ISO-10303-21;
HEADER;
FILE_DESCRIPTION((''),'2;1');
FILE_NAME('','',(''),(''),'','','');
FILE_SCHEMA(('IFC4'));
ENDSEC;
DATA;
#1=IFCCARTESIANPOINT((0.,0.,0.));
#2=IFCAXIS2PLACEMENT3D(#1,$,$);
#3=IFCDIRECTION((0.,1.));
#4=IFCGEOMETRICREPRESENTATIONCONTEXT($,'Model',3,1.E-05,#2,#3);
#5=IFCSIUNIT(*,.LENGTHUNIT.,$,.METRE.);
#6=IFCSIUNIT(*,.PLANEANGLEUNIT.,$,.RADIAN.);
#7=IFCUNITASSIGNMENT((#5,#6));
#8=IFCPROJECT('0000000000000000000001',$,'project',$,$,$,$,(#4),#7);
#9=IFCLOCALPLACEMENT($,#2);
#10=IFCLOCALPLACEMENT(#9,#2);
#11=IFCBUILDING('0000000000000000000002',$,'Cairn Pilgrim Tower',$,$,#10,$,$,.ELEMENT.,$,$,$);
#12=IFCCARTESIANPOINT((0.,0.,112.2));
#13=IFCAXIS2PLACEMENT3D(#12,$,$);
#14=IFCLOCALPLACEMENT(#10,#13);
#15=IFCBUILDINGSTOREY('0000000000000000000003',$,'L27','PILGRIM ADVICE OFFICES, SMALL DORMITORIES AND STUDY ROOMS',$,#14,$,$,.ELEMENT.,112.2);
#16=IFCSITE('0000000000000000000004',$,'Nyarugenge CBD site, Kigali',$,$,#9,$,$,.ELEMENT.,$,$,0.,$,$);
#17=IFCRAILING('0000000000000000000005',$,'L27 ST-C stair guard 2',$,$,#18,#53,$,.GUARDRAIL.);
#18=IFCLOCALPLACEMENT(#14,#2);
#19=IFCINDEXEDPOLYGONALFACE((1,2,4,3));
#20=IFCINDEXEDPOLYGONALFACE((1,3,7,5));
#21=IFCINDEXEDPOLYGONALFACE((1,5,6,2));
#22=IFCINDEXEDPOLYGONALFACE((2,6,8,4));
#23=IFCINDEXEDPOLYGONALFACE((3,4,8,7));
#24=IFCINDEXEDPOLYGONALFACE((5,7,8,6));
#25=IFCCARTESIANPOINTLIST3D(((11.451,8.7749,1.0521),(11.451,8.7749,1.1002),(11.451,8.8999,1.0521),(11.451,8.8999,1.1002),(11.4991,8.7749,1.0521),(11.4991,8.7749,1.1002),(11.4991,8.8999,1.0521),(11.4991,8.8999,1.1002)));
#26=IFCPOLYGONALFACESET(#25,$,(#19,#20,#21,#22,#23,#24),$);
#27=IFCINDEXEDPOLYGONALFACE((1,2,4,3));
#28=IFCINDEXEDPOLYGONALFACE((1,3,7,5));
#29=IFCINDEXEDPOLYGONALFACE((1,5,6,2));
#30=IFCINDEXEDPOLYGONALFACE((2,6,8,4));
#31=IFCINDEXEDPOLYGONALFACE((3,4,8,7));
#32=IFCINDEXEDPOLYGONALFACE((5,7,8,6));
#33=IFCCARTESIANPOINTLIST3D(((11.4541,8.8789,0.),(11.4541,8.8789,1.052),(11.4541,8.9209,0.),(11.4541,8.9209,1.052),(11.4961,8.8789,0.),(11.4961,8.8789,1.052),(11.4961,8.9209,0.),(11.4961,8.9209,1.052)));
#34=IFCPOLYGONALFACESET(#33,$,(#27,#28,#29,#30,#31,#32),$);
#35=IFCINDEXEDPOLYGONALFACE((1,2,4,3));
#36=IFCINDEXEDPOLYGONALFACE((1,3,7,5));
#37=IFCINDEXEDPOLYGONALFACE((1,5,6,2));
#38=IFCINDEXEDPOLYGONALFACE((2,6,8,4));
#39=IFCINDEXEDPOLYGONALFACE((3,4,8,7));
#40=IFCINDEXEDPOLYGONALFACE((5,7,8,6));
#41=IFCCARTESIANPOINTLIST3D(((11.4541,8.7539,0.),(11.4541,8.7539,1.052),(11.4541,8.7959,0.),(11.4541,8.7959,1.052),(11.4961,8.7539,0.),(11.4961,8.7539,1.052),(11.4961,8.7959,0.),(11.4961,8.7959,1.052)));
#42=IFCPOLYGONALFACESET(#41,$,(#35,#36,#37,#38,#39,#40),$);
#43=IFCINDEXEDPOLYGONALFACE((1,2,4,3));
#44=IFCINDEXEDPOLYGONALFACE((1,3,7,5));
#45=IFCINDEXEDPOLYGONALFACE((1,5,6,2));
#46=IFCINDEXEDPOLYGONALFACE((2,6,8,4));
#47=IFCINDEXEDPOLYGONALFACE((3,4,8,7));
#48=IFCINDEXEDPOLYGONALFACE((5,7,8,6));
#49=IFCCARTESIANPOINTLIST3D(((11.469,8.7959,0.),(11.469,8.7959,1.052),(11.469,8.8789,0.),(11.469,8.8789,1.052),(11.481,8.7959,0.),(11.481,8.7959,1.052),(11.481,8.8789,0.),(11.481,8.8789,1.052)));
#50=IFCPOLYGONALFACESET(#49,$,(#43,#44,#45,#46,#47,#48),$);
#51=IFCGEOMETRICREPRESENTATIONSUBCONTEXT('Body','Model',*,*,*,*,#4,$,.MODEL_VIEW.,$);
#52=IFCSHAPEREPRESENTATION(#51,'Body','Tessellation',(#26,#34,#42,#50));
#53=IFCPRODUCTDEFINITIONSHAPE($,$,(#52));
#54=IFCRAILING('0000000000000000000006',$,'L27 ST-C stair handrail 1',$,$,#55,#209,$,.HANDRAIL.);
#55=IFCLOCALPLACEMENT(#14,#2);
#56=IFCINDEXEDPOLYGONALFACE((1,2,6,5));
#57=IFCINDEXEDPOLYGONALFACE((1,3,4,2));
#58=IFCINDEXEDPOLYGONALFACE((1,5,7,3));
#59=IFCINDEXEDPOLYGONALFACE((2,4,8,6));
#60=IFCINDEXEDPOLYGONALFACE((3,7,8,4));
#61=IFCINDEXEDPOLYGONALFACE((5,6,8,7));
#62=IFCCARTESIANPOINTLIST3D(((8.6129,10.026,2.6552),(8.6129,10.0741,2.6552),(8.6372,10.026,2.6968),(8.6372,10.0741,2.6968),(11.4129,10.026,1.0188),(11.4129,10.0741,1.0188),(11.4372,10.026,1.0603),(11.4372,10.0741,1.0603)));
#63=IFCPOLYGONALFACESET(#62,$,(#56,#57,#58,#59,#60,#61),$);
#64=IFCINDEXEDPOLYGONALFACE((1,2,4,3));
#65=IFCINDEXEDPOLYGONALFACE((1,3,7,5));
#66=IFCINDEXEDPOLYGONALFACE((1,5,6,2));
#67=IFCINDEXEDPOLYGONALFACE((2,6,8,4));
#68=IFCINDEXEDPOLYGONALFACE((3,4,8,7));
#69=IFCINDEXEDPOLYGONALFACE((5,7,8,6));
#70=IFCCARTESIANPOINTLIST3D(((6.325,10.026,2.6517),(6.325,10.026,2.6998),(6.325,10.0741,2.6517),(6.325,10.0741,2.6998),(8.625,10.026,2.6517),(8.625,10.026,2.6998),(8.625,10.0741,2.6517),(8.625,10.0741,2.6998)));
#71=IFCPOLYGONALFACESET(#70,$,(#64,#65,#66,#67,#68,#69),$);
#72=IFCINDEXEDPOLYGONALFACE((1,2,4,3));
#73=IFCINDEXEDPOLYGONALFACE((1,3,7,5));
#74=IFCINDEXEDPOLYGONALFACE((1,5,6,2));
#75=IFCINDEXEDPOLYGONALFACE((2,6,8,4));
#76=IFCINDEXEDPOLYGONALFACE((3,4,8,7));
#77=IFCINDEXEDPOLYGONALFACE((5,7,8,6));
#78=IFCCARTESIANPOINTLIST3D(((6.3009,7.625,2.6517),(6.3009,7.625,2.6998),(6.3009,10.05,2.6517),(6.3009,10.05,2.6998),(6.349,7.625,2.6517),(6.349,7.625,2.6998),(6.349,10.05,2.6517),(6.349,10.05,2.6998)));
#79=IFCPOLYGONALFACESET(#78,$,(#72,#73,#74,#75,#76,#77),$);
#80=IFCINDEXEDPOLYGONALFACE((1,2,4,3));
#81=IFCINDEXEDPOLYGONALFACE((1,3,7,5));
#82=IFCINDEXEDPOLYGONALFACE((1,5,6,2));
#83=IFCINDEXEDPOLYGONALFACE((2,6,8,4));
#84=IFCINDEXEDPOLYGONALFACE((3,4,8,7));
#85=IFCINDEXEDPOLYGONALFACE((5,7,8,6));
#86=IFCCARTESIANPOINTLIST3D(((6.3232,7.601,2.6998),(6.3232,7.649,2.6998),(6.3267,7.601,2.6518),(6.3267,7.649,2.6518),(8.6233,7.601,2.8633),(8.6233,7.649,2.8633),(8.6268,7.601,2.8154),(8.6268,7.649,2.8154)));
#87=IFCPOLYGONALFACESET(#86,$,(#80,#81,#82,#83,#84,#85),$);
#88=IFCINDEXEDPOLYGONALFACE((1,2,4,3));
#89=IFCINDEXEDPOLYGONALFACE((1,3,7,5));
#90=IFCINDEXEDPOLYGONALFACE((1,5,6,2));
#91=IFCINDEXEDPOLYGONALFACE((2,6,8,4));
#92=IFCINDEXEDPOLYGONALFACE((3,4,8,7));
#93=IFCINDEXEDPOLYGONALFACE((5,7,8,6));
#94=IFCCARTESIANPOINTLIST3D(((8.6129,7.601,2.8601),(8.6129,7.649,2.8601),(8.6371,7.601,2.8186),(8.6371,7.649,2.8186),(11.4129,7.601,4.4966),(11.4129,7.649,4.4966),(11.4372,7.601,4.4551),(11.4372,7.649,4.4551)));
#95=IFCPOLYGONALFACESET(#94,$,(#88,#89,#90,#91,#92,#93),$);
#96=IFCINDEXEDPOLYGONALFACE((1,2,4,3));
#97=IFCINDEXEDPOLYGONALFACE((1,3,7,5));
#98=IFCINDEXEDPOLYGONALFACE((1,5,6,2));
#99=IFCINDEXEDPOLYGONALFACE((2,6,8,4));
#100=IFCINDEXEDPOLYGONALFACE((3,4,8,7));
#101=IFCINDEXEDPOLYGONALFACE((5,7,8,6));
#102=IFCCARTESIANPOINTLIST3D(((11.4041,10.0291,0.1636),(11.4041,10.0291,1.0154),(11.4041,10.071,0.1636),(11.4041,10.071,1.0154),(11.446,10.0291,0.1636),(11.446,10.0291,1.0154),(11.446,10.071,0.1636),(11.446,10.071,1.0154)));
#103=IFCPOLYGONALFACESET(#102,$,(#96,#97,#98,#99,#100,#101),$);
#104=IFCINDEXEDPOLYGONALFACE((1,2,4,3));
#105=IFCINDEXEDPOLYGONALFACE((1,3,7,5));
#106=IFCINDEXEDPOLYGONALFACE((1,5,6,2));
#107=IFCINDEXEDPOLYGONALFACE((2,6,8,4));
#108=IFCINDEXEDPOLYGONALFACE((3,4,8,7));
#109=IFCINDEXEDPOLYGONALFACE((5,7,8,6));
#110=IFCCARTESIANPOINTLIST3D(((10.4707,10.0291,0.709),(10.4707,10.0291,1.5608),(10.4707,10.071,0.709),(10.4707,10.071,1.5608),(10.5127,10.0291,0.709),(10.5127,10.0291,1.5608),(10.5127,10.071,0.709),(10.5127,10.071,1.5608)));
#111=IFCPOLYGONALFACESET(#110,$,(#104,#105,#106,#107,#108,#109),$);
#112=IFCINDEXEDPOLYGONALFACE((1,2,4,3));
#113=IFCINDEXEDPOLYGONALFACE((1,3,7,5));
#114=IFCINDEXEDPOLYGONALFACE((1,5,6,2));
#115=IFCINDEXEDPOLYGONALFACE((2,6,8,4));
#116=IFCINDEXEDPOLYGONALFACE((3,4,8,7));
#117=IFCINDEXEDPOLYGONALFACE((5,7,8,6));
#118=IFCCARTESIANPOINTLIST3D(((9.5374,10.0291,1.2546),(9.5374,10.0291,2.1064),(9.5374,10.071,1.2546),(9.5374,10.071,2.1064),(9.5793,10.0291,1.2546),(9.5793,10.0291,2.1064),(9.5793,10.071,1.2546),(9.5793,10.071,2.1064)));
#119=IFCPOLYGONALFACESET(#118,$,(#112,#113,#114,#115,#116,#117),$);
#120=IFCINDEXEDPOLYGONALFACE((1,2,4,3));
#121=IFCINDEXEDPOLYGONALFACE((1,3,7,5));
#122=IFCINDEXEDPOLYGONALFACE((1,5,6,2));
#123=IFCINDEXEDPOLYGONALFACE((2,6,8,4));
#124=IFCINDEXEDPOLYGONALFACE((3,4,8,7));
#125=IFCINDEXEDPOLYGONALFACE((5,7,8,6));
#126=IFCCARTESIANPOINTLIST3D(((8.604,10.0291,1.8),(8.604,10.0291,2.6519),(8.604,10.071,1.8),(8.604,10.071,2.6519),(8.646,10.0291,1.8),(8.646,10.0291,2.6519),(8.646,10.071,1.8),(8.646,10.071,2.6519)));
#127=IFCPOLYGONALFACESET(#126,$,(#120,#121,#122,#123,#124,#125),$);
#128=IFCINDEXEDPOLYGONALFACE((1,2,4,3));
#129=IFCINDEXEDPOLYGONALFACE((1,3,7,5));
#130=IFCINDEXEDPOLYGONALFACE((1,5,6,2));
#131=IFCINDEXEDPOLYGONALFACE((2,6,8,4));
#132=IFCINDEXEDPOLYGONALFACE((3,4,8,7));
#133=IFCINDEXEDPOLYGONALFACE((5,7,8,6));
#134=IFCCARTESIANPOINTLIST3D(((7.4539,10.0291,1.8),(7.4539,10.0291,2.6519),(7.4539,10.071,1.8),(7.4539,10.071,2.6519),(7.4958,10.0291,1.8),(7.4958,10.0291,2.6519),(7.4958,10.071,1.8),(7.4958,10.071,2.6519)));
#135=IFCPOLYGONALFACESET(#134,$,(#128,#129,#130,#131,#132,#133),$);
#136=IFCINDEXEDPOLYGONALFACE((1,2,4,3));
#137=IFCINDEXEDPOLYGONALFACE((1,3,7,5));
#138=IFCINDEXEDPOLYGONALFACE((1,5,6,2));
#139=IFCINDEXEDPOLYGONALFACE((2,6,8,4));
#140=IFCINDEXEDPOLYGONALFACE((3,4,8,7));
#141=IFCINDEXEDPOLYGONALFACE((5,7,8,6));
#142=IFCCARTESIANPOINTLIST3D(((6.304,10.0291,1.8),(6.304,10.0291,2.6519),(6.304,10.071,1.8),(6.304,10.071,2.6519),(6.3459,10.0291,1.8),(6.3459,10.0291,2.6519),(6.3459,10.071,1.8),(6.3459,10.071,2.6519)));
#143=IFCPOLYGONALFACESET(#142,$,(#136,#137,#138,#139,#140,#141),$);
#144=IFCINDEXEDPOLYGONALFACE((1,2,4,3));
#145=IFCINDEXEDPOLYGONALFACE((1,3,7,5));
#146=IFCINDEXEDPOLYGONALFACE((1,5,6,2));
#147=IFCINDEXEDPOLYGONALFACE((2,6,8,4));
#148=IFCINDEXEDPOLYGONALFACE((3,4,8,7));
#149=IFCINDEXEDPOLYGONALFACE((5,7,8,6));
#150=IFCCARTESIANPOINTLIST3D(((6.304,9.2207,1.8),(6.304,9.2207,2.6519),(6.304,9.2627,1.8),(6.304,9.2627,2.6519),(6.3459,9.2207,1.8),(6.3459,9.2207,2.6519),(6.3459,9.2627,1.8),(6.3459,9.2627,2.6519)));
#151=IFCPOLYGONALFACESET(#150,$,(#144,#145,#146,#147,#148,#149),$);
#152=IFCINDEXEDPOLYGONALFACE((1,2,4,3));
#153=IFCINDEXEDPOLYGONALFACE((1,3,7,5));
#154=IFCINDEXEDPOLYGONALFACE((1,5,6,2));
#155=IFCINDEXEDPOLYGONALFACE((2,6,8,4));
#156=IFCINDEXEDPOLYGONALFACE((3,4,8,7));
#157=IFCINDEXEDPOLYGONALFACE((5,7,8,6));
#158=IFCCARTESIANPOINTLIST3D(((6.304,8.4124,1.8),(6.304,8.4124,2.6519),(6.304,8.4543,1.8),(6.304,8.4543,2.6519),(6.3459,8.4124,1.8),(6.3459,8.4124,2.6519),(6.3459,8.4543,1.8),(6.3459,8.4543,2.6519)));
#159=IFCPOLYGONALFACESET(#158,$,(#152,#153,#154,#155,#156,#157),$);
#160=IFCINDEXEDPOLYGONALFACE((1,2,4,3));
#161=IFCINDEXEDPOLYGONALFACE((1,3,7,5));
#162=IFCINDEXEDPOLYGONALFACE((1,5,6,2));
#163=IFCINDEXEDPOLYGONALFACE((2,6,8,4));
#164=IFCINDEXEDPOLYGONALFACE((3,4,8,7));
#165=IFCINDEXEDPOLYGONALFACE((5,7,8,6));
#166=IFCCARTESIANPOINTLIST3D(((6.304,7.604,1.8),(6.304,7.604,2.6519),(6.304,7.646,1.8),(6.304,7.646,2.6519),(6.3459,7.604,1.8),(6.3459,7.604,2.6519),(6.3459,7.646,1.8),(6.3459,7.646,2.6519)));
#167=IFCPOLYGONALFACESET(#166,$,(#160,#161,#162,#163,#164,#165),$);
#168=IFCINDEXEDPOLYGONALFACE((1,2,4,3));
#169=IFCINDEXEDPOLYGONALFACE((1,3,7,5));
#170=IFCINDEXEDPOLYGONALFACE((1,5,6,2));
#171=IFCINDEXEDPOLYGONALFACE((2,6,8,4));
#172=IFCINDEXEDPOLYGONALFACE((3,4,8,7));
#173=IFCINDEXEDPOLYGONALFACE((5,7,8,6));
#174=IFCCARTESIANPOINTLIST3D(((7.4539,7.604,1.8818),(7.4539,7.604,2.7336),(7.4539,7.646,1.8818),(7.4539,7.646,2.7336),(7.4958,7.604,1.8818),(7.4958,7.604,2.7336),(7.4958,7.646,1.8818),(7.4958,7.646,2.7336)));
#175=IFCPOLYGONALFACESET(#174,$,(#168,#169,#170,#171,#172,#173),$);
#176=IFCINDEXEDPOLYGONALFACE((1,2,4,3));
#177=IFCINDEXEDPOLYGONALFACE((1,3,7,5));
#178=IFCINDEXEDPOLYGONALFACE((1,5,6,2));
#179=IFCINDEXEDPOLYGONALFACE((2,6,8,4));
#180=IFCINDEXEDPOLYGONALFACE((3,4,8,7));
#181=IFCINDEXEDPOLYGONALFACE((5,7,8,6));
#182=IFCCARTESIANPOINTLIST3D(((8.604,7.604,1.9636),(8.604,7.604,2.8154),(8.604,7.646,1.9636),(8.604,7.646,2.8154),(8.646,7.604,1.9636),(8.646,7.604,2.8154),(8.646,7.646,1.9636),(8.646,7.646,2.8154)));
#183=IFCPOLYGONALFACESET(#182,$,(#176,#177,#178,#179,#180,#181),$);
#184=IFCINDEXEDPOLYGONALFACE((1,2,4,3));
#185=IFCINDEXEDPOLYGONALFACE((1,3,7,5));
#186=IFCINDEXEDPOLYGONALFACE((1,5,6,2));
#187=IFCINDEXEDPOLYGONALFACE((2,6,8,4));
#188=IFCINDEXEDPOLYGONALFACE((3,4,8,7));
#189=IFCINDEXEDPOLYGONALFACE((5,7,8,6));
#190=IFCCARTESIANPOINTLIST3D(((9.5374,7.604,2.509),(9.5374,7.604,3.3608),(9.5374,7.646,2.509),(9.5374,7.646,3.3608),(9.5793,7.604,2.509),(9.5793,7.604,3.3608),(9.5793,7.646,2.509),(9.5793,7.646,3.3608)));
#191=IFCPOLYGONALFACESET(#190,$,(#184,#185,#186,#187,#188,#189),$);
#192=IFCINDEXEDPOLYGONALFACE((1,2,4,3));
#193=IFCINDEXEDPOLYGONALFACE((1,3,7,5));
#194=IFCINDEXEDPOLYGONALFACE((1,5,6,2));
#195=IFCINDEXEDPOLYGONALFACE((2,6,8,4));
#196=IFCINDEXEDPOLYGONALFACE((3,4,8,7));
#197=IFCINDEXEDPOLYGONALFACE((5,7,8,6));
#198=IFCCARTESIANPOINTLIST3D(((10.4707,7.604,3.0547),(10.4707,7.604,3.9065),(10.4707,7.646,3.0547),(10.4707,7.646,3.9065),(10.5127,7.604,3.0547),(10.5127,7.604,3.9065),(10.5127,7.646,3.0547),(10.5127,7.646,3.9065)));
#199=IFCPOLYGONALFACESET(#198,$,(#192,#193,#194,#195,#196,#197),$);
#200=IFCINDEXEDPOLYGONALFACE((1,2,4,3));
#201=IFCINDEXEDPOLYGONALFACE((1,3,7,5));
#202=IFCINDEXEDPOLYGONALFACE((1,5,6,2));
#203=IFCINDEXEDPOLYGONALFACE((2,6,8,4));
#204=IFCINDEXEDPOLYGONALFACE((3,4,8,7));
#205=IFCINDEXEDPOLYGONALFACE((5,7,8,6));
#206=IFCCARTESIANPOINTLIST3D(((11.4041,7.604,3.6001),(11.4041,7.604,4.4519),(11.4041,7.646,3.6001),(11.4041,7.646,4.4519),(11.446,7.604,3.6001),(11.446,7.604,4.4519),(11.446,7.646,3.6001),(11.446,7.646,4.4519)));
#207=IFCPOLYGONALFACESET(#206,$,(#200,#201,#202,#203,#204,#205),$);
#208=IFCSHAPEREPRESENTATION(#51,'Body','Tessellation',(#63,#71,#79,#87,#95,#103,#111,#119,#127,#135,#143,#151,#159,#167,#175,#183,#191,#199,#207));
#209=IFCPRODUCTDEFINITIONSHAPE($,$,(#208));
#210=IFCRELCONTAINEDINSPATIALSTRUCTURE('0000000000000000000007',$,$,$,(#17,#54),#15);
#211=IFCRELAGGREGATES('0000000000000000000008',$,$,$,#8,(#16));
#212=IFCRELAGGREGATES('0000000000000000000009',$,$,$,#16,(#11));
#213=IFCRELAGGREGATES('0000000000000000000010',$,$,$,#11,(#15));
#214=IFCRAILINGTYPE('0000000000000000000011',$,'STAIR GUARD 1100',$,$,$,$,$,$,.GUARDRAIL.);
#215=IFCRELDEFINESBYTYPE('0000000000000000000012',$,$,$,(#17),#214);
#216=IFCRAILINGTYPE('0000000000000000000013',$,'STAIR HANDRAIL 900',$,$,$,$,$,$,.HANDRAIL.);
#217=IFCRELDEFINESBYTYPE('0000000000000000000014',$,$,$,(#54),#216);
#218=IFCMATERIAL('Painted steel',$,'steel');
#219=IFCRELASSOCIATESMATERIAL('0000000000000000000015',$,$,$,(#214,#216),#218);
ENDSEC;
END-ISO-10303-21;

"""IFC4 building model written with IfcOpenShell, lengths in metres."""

from ifc_helpers import new_model, si_unit, direction, frame, origin, origin_2d, place, context, subcontext, project, spatial, polyline, rectangle, outline, extrude, material, type_object, element, save


model = new_model("IFC4")

# Units and contexts
model_context = context("Model", 3, precision=1e-05, world=origin(), true_north=direction((0.0, 1.0)))
body_context = subcontext(model_context, "Body", "Model", "MODEL_VIEW")
ifc_project = project(units=[si_unit("LENGTHUNIT", "METRE"), si_unit("PLANEANGLEUNIT", "RADIAN")], contexts=[model_context])

# Site, building, storey
site_placement = place(None, origin())
site = spatial("IfcSite", under=ifc_project, at=site_placement, Name="Nyarugenge CBD site, Kigali", CompositionType="ELEMENT", RefElevation=0.0)
building_placement = place(site_placement, origin())
building = spatial("IfcBuilding", under=site, at=building_placement, Name="Cairn Pilgrim Tower", CompositionType="ELEMENT")
storey_placement = place(building_placement, frame((0.0, 0.0, 112.2)))
storey = spatial("IfcBuildingStorey", under=building, at=storey_placement, Name="L27", Description="PILGRIM ADVICE OFFICES, SMALL DORMITORIES AND STUDY ROOMS", CompositionType="ELEMENT", Elevation=112.2)

# Shared definitions
ifc_material_1 = material(Name="Painted steel", Category="steel")

# Railings
railing_type_1 = type_object("IfcRailingType", Name="STAIR GUARD 1100", PredefinedType="GUARDRAIL", material=ifc_material_1)
railing_1_placement = place(storey_placement, frame((11.4751, 8.8999, 0.0)))
element("IfcRailing", 1, at=railing_1_placement, inside=storey, type_object=railing_type_1, Name="L27 ST-C stair guard 2", PredefinedType="GUARDRAIL", context=body_context, shape_type="SweptSolid", body=[
    extrude(rectangle(XDim=0.0481, YDim=0.0481, at=origin_2d()), frame((0.0, 0.0, 1.0762), z_axis=(0.0, -1.0, 0.0), x_axis=(1.0, 0.0, 0.0)), (0.0, 0.0, 1.0), 0.125),
    extrude(rectangle(XDim=0.042, YDim=0.042, at=origin_2d()), origin(), (0.0, 0.0, 1.0), 1.052),
    extrude(rectangle(XDim=0.042, YDim=0.042, at=origin_2d()), frame((0.0, -0.125, 0.0)), (0.0, 0.0, 1.0), 1.052),
    extrude(outline(polyline([(0.021, 0.0), (0.104, 0.0), (0.104, 1.052), (0.021, 1.052), (0.021, 0.0)])), frame((0.0059, 0.0, 0.0), z_axis=(-1.0, 0.0, 0.0), x_axis=(0.0, -1.0, 0.0)), (0.0, 0.0, 1.0), 0.012),
])
railing_type_2 = type_object("IfcRailingType", Name="STAIR HANDRAIL 900", PredefinedType="HANDRAIL", material=ifc_material_1)
railing_2_placement = place(storey_placement, frame((11.425, 10.05, 0.1636)))
element("IfcRailing", 2, at=railing_2_placement, inside=storey, type_object=railing_type_2, Name="L27 ST-C stair handrail 1", PredefinedType="HANDRAIL", context=body_context, shape_type="SweptSolid", body=[
    extrude(rectangle(XDim=0.0481, YDim=0.0481, at=origin_2d()), frame((0.0, 0.0, 0.876), z_axis=(-0.863361, 0.0, 0.504587), x_axis=(0.0, -1.0, 0.0)), (0.0, 0.0, 1.0), 3.2432),
    extrude(rectangle(XDim=0.0481, YDim=0.0481, at=origin_2d()), frame((-2.8, 0.0, 2.5122), z_axis=(-1.0, 0.0, 0.0), x_axis=(0.0, -1.0, 0.0)), (0.0, 0.0, 1.0), 2.3),
    extrude(rectangle(XDim=0.0481, YDim=0.0481, at=origin_2d()), frame((-5.1001, 0.0, 2.5122), z_axis=(0.0, -1.0, 0.0), x_axis=(1.0, 0.0, 0.0)), (0.0, 0.0, 1.0), 2.425),
    extrude(rectangle(XDim=0.0481, YDim=0.0481, at=origin_2d()), frame((-5.1001, -2.425, 2.5122), z_axis=(0.997481, 0.0, 0.070939), x_axis=(0.0, 1.0, 0.0)), (0.0, 0.0, 1.0), 2.3059),
    extrude(rectangle(XDim=0.0481, YDim=0.0481, at=origin_2d()), frame((-2.8, -2.425, 2.6758), z_axis=(0.863361, 0.0, 0.504587), x_axis=(0.0, 1.0, 0.0)), (0.0, 0.0, 1.0), 3.2432),
    extrude(rectangle(XDim=0.042, YDim=0.042, at=origin_2d()), origin(), (0.0, 0.0, 1.0), 0.8518),
    extrude(rectangle(XDim=0.042, YDim=0.042, at=origin_2d()), frame((-0.9333, 0.0, 0.5454)), (0.0, 0.0, 1.0), 0.8518),
    extrude(rectangle(XDim=0.042, YDim=0.042, at=origin_2d()), frame((-1.8667, 0.0, 1.0911)), (0.0, 0.0, 1.0), 0.8518),
    extrude(rectangle(XDim=0.042, YDim=0.042, at=origin_2d()), frame((-2.8, 0.0, 1.6365)), (0.0, 0.0, 1.0), 0.8518),
    extrude(rectangle(XDim=0.042, YDim=0.042, at=origin_2d()), frame((-3.9502, 0.0, 1.6365)), (0.0, 0.0, 1.0), 0.8518),
    extrude(rectangle(XDim=0.042, YDim=0.042, at=origin_2d()), frame((-5.1001, 0.0, 1.6365)), (0.0, 0.0, 1.0), 0.8518),
    extrude(rectangle(XDim=0.042, YDim=0.042, at=origin_2d()), frame((-5.1001, -0.8083, 1.6365)), (0.0, 0.0, 1.0), 0.8518),
    extrude(rectangle(XDim=0.042, YDim=0.042, at=origin_2d()), frame((-5.1001, -1.6167, 1.6365)), (0.0, 0.0, 1.0), 0.8518),
    extrude(rectangle(XDim=0.042, YDim=0.042, at=origin_2d()), frame((-5.1001, -2.425, 1.6365)), (0.0, 0.0, 1.0), 0.8518),
    extrude(rectangle(XDim=0.042, YDim=0.042, at=origin_2d()), frame((-3.9502, -2.425, 1.7183)), (0.0, 0.0, 1.0), 0.8518),
    extrude(rectangle(XDim=0.042, YDim=0.042, at=origin_2d()), frame((-2.8, -2.425, 1.8)), (0.0, 0.0, 1.0), 0.8518),
    extrude(rectangle(XDim=0.042, YDim=0.042, at=origin_2d()), frame((-1.8667, -2.425, 2.3455)), (0.0, 0.0, 1.0), 0.8518),
    extrude(rectangle(XDim=0.042, YDim=0.042, at=origin_2d()), frame((-0.9333, -2.425, 2.8911)), (0.0, 0.0, 1.0), 0.8518),
    extrude(rectangle(XDim=0.042, YDim=0.042, at=origin_2d()), frame((0.0, -2.425, 3.4365)), (0.0, 0.0, 1.0), 0.8518),
])

save(model, "model.ifc")
